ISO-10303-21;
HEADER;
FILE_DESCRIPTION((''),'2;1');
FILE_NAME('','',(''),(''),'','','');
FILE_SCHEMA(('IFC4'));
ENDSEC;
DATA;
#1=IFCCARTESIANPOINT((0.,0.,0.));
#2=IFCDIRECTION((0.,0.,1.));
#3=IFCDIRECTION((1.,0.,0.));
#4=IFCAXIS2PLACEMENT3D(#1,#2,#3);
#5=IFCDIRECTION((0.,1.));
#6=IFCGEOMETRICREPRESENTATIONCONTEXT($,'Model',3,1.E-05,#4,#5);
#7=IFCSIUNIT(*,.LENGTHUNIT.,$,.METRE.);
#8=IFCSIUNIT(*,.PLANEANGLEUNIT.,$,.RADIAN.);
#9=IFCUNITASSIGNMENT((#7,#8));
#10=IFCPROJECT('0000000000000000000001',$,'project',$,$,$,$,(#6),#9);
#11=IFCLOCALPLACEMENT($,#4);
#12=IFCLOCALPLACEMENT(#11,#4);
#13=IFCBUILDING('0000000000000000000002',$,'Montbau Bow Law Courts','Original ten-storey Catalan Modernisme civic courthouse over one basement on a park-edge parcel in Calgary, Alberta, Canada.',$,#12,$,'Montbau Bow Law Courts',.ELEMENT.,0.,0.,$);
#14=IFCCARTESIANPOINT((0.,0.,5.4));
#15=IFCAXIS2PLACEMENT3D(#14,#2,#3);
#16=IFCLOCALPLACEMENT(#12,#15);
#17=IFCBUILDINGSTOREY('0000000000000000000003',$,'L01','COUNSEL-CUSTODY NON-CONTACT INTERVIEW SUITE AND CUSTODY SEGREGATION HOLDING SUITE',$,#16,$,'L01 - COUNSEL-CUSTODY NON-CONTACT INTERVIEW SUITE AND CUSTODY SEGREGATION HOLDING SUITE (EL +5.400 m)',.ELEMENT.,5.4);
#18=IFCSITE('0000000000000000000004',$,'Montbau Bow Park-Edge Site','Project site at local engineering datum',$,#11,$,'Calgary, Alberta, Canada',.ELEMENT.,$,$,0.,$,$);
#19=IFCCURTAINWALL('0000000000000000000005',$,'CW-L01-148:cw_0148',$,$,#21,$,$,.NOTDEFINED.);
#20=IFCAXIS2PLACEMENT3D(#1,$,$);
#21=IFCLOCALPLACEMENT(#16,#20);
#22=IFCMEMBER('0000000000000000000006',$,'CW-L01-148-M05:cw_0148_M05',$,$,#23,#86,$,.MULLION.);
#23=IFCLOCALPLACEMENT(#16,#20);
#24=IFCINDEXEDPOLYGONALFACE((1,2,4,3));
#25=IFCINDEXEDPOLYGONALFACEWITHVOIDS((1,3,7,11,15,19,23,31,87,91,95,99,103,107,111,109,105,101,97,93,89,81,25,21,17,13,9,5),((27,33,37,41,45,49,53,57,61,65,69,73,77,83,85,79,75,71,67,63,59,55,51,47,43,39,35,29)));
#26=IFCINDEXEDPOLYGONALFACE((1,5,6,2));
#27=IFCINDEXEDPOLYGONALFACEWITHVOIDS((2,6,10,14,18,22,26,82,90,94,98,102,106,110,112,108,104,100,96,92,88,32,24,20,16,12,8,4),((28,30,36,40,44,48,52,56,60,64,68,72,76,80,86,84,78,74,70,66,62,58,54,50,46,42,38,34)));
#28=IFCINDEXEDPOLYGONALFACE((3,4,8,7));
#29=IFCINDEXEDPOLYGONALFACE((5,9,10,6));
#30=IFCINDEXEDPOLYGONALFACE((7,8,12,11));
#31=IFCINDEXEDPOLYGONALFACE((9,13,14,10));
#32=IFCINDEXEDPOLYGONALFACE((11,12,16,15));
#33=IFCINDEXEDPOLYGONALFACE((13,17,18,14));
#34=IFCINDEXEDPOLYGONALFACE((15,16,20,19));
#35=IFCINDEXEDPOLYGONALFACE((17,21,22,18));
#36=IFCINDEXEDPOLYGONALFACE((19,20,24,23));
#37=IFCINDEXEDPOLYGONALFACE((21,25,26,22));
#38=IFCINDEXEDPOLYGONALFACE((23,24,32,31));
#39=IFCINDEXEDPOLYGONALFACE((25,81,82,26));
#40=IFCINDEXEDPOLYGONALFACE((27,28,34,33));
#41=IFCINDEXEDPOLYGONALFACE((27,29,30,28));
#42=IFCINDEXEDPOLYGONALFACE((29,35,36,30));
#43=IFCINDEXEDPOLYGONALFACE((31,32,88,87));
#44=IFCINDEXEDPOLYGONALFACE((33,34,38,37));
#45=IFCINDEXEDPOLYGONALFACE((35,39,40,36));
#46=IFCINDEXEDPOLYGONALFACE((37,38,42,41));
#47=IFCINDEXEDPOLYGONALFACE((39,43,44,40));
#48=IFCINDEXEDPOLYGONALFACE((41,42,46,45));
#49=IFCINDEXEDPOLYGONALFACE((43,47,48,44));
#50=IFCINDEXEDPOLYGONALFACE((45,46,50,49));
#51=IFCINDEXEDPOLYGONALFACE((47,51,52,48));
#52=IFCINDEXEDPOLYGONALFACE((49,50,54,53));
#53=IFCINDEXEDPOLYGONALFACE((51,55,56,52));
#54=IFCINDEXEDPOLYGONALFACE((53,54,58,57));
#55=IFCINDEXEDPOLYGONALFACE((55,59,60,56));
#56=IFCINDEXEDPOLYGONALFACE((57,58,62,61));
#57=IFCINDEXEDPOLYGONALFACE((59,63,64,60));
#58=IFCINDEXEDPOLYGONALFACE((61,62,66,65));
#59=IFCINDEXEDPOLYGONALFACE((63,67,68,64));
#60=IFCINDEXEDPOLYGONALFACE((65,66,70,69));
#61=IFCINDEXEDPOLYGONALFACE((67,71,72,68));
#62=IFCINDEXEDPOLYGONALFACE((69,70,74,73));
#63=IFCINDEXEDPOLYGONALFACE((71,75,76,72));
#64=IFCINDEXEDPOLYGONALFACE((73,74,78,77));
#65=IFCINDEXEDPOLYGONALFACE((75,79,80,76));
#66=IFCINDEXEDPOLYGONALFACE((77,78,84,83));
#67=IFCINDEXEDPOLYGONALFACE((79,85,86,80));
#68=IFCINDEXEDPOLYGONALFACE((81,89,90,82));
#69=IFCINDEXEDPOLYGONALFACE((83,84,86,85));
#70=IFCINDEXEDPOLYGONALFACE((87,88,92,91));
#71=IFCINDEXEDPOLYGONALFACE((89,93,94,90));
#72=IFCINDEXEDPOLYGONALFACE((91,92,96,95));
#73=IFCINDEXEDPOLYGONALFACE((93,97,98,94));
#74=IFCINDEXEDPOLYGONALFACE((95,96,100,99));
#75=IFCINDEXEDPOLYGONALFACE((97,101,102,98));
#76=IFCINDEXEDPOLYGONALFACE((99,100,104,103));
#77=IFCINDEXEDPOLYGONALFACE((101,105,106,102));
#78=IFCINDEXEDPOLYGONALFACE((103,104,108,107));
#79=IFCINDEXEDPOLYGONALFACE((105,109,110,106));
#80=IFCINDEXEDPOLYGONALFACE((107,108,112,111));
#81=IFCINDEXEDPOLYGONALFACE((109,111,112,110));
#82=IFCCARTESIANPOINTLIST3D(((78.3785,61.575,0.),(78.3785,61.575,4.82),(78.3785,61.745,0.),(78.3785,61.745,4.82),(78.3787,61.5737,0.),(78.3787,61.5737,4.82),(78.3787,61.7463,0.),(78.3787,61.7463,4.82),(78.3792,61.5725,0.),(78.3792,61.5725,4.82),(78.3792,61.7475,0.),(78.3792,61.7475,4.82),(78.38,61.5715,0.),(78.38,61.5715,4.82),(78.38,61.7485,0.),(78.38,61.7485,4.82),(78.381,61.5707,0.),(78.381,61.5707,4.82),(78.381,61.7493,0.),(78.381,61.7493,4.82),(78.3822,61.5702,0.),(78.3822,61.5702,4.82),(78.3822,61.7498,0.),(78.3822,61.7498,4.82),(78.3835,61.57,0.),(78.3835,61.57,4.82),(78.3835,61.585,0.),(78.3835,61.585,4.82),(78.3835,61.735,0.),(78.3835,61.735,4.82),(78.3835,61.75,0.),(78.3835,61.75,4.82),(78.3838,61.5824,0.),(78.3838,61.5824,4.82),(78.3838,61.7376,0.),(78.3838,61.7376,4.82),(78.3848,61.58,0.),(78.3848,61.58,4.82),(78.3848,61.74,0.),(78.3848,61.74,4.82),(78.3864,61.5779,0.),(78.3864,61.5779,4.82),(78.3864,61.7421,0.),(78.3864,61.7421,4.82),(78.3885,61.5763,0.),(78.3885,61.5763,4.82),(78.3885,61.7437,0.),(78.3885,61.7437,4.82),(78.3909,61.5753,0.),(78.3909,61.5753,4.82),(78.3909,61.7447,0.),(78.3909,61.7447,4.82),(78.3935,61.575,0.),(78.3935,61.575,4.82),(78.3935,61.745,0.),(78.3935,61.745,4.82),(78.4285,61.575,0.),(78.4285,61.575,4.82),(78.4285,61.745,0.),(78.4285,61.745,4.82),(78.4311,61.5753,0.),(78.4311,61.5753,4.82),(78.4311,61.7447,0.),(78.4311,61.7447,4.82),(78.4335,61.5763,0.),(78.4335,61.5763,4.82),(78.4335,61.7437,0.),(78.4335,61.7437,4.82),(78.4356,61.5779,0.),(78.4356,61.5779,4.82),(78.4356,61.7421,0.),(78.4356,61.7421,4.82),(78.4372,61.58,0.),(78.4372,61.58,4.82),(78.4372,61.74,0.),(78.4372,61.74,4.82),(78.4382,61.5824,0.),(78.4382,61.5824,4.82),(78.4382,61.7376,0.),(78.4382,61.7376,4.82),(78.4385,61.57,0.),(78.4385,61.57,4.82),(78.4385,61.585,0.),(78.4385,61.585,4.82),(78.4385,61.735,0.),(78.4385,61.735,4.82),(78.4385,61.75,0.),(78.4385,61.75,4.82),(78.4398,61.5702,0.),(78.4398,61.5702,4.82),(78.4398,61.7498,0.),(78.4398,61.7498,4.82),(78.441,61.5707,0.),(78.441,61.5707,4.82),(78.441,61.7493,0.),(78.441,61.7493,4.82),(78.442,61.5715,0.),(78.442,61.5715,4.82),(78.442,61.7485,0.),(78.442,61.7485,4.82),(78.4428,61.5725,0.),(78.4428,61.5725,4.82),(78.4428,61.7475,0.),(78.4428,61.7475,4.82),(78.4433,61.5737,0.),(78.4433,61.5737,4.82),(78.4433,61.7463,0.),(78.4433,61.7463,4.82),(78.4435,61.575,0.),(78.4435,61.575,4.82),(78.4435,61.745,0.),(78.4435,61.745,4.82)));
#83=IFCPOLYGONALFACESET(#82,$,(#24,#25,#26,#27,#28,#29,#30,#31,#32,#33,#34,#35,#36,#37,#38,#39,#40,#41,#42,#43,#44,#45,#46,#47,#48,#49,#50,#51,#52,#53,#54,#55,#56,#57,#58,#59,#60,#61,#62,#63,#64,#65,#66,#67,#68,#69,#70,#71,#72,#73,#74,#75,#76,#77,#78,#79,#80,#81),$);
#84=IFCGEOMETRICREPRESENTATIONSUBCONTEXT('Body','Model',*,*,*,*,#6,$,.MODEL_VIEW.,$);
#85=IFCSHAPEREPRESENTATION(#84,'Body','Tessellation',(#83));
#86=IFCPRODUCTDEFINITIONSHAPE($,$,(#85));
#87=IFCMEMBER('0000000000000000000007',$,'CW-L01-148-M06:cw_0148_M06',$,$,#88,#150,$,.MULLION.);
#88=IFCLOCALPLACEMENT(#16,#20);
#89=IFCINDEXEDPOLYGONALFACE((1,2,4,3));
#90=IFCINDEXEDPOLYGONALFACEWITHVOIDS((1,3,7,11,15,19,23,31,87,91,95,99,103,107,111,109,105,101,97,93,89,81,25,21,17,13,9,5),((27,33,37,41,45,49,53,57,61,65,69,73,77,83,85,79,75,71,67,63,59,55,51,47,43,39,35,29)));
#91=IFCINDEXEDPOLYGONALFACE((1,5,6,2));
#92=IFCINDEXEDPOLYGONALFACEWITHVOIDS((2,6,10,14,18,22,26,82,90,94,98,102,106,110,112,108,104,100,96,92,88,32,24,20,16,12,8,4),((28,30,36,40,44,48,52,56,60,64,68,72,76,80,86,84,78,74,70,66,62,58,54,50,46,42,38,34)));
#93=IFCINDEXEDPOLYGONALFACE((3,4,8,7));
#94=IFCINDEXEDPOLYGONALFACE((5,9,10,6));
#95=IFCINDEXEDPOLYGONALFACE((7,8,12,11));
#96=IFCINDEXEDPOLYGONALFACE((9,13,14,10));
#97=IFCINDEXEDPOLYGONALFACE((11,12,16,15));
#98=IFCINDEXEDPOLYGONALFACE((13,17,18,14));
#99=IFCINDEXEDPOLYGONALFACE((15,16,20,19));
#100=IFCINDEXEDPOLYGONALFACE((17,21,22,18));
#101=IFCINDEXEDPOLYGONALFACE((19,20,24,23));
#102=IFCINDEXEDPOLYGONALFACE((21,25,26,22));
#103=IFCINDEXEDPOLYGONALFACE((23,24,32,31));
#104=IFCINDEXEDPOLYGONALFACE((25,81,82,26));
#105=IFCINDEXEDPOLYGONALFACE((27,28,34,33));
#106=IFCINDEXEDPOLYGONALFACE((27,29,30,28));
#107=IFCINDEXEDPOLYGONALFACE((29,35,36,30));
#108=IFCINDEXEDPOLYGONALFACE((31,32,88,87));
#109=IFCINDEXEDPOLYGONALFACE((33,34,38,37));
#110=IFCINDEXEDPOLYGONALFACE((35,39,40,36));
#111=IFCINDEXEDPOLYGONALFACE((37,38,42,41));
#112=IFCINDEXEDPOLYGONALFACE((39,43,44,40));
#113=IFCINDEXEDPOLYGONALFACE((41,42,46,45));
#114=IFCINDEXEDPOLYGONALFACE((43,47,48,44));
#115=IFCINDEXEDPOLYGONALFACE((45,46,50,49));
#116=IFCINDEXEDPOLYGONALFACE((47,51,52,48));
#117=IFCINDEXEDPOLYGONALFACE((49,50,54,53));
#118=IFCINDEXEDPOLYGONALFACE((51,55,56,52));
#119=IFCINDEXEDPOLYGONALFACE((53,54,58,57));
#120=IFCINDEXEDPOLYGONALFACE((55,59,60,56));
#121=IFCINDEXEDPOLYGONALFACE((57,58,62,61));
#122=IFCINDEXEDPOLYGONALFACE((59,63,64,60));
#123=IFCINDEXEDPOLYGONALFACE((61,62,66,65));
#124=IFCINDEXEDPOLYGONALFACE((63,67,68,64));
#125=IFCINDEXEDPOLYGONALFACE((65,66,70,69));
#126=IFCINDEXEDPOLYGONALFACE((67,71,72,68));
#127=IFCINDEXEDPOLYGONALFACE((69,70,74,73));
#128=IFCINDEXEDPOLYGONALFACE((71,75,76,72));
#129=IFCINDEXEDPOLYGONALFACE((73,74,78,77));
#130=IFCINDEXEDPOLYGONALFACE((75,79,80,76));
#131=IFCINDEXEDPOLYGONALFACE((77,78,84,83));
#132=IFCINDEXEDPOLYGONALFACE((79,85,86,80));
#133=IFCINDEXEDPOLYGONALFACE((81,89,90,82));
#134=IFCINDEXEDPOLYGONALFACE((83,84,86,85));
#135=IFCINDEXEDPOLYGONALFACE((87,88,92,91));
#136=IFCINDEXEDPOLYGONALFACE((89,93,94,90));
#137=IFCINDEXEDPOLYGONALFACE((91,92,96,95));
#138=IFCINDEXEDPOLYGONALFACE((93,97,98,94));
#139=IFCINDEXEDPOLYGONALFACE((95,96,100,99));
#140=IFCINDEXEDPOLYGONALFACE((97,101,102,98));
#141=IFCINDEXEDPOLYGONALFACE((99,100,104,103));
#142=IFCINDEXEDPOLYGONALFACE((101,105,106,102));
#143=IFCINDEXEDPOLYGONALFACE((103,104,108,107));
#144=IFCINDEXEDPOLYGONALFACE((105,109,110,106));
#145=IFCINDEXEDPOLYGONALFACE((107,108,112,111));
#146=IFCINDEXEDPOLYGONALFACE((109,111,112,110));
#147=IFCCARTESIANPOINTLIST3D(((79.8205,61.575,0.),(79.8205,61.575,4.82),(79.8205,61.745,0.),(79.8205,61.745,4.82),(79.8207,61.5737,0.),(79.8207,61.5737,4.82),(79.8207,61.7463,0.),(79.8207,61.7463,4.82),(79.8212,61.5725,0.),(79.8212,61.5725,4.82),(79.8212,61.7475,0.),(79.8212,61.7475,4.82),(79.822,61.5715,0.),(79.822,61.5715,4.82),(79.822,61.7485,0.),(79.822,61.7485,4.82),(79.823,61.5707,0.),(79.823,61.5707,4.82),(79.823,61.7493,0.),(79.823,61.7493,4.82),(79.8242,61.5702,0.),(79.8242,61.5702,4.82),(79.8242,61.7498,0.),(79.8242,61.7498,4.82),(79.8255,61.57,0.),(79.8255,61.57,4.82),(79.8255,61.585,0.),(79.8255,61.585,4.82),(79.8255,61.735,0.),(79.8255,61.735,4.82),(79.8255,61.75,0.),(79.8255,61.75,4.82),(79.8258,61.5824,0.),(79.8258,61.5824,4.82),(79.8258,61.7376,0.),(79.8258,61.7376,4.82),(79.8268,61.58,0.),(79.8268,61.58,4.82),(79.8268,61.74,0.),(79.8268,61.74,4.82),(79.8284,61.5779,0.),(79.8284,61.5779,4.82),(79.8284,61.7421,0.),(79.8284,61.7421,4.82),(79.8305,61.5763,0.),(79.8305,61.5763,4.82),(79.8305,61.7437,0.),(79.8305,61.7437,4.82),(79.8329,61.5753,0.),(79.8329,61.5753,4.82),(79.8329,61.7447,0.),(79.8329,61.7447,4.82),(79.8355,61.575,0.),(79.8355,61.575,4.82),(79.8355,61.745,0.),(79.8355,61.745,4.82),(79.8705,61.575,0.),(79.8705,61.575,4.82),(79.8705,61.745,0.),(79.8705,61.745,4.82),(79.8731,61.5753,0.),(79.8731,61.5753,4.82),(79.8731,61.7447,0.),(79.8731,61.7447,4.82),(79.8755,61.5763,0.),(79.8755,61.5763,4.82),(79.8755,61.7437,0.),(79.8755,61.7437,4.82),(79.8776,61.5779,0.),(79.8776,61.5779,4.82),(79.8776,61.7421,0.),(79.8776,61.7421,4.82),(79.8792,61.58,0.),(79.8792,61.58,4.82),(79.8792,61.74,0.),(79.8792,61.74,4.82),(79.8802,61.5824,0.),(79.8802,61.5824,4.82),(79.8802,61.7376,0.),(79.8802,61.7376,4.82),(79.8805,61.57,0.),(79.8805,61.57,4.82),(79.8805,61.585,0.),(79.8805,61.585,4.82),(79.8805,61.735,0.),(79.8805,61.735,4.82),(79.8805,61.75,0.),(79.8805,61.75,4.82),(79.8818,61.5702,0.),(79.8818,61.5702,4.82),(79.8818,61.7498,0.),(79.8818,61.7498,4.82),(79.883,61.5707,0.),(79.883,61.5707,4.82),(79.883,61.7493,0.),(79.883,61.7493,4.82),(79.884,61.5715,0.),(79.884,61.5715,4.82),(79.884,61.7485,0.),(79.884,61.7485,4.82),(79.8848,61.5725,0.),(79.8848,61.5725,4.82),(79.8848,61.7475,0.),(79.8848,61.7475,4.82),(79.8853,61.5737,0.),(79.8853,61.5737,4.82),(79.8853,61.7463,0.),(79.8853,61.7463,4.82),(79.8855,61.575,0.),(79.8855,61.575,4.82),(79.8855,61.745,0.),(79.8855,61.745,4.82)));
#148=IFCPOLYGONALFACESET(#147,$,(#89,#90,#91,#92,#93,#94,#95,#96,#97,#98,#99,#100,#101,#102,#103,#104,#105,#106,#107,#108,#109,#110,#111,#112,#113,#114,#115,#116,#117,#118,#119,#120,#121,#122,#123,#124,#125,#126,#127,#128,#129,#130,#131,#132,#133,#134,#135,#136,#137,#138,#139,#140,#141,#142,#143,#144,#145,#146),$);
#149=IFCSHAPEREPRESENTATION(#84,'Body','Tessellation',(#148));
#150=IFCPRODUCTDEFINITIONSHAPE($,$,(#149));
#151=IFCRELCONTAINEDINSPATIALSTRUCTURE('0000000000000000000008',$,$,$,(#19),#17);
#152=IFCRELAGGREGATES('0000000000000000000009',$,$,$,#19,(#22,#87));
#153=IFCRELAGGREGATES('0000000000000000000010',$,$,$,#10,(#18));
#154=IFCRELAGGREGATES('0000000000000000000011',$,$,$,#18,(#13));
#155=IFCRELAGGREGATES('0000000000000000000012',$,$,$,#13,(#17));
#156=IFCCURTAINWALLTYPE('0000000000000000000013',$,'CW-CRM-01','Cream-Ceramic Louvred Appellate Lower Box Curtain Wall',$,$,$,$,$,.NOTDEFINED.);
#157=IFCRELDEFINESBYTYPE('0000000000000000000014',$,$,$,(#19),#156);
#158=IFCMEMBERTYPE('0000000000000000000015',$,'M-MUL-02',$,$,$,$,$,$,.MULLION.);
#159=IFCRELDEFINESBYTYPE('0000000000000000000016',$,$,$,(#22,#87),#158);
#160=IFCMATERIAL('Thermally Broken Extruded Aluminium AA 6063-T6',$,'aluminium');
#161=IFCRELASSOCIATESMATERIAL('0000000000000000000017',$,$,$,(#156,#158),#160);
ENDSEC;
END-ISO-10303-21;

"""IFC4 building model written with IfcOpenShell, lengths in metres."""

from ifc_helpers import new_model, si_unit, direction, frame, origin_with_axes, origin_2d_with_axis, place, context, subcontext, project, spatial, hollow_rectangle, extrude, material, material_profile, profile_set, type_object, element, aggregate, save


model = new_model("IFC4")

# Units and contexts
model_context = context("Model", 3, precision=1e-05, world=origin_with_axes(), true_north=direction((0.0, 1.0)))
body_context = subcontext(model_context, "Body", "Model", "MODEL_VIEW")
ifc_project = project(units=[si_unit("LENGTHUNIT", "METRE"), si_unit("PLANEANGLEUNIT", "RADIAN")], contexts=[model_context])

# Site, building, storey
site_placement = place(None, origin_with_axes())
site = spatial("IfcSite", under=ifc_project, at=site_placement, Name="Montbau Bow Park-Edge Site", Description="Project site at local engineering datum", LongName="Calgary, Alberta, Canada", CompositionType="ELEMENT", RefElevation=0.0)
building_placement = place(site_placement, origin_with_axes())
building = spatial("IfcBuilding", under=site, at=building_placement, Name="Montbau Bow Law Courts", Description="Original ten-storey Catalan Modernisme civic courthouse over one basement on a park-edge parcel in Calgary, Alberta, Canada.", LongName="Montbau Bow Law Courts", CompositionType="ELEMENT", ElevationOfRefHeight=0.0, ElevationOfTerrain=0.0)
storey_placement = place(building_placement, frame((0.0, 0.0, 5.4), z_axis=(0.0, 0.0, 1.0), x_axis=(1.0, 0.0, 0.0)))
storey = spatial("IfcBuildingStorey", under=building, at=storey_placement, Name="L01", Description="COUNSEL-CUSTODY NON-CONTACT INTERVIEW SUITE AND CUSTODY SEGREGATION HOLDING SUITE", LongName="L01 - COUNSEL-CUSTODY NON-CONTACT INTERVIEW SUITE AND CUSTODY SEGREGATION HOLDING SUITE (EL +5.400 m)", CompositionType="ELEMENT", Elevation=5.4)

# Curtain wall, members
ifc_material_1 = material(Name="Thermally Broken Extruded Aluminium AA 6063-T6", Category="aluminium")
curtain_wall_type = type_object("IfcCurtainWallType", Name="CW-CRM-01", Description="Cream-Ceramic Louvred Appellate Lower Box Curtain Wall", PredefinedType="NOTDEFINED", material=ifc_material_1)
curtain_wall_1_placement = place(None, frame((72.515, 61.66, 5.4), z_axis=(0.0, 0.0, 1.0), x_axis=(1.0, 0.0, 0.0)))
curtain_wall_1 = element("IfcCurtainWall", 1, at=curtain_wall_1_placement, inside=storey, type_object=curtain_wall_type, Name="CW-L01-148:cw_0148", PredefinedType="NOTDEFINED")
ifc_material_profile_1 = material_profile(ifc_material_1, hollow_rectangle(XDim=0.065, YDim=0.18, WallThickness=0.005, InnerFilletRadius=0.01, OuterFilletRadius=0.005, at=origin_2d_with_axis()), Name="CWM-180X65", Category="Main", Priority=0)
ifc_profile_set_1 = profile_set([ifc_material_profile_1], Name="Thermally Broken Extruded Aluminium AA 6063-T6")
member_type_1 = type_object("IfcMemberType", Name="M-MUL-02", PredefinedType="MULLION", material=ifc_profile_set_1)
member_1_placement = place(None, frame((78.411, 61.66, 5.4), z_axis=(0.0, 0.0, 1.0), x_axis=(1.0, 0.0, 0.0)))
member_1 = element("IfcMember", 2, at=member_1_placement, type_object=member_type_1, Name="CW-L01-148-M05:cw_0148_M05", PredefinedType="MULLION", context=body_context, shape_type="SweptSolid", body=[
    extrude(hollow_rectangle(XDim=0.065, YDim=0.18, WallThickness=0.005, InnerFilletRadius=0.01, OuterFilletRadius=0.005, at=origin_2d_with_axis()), origin_with_axes(), (0.0, 0.0, 1.0), 4.82),
])
member_2_placement = place(None, frame((79.853, 61.66, 5.4), z_axis=(0.0, 0.0, 1.0), x_axis=(1.0, 0.0, 0.0)))
member_2 = element("IfcMember", 3, at=member_2_placement, type_object=member_type_1, Name="CW-L01-148-M06:cw_0148_M06", PredefinedType="MULLION", context=body_context, shape_type="SweptSolid", body=[
    extrude(hollow_rectangle(XDim=0.065, YDim=0.18, WallThickness=0.005, InnerFilletRadius=0.01, OuterFilletRadius=0.005, at=origin_2d_with_axis()), origin_with_axes(), (0.0, 0.0, 1.0), 4.82),
])

aggregate(curtain_wall_1, [member_1, member_2])

save(model, "model.ifc")
